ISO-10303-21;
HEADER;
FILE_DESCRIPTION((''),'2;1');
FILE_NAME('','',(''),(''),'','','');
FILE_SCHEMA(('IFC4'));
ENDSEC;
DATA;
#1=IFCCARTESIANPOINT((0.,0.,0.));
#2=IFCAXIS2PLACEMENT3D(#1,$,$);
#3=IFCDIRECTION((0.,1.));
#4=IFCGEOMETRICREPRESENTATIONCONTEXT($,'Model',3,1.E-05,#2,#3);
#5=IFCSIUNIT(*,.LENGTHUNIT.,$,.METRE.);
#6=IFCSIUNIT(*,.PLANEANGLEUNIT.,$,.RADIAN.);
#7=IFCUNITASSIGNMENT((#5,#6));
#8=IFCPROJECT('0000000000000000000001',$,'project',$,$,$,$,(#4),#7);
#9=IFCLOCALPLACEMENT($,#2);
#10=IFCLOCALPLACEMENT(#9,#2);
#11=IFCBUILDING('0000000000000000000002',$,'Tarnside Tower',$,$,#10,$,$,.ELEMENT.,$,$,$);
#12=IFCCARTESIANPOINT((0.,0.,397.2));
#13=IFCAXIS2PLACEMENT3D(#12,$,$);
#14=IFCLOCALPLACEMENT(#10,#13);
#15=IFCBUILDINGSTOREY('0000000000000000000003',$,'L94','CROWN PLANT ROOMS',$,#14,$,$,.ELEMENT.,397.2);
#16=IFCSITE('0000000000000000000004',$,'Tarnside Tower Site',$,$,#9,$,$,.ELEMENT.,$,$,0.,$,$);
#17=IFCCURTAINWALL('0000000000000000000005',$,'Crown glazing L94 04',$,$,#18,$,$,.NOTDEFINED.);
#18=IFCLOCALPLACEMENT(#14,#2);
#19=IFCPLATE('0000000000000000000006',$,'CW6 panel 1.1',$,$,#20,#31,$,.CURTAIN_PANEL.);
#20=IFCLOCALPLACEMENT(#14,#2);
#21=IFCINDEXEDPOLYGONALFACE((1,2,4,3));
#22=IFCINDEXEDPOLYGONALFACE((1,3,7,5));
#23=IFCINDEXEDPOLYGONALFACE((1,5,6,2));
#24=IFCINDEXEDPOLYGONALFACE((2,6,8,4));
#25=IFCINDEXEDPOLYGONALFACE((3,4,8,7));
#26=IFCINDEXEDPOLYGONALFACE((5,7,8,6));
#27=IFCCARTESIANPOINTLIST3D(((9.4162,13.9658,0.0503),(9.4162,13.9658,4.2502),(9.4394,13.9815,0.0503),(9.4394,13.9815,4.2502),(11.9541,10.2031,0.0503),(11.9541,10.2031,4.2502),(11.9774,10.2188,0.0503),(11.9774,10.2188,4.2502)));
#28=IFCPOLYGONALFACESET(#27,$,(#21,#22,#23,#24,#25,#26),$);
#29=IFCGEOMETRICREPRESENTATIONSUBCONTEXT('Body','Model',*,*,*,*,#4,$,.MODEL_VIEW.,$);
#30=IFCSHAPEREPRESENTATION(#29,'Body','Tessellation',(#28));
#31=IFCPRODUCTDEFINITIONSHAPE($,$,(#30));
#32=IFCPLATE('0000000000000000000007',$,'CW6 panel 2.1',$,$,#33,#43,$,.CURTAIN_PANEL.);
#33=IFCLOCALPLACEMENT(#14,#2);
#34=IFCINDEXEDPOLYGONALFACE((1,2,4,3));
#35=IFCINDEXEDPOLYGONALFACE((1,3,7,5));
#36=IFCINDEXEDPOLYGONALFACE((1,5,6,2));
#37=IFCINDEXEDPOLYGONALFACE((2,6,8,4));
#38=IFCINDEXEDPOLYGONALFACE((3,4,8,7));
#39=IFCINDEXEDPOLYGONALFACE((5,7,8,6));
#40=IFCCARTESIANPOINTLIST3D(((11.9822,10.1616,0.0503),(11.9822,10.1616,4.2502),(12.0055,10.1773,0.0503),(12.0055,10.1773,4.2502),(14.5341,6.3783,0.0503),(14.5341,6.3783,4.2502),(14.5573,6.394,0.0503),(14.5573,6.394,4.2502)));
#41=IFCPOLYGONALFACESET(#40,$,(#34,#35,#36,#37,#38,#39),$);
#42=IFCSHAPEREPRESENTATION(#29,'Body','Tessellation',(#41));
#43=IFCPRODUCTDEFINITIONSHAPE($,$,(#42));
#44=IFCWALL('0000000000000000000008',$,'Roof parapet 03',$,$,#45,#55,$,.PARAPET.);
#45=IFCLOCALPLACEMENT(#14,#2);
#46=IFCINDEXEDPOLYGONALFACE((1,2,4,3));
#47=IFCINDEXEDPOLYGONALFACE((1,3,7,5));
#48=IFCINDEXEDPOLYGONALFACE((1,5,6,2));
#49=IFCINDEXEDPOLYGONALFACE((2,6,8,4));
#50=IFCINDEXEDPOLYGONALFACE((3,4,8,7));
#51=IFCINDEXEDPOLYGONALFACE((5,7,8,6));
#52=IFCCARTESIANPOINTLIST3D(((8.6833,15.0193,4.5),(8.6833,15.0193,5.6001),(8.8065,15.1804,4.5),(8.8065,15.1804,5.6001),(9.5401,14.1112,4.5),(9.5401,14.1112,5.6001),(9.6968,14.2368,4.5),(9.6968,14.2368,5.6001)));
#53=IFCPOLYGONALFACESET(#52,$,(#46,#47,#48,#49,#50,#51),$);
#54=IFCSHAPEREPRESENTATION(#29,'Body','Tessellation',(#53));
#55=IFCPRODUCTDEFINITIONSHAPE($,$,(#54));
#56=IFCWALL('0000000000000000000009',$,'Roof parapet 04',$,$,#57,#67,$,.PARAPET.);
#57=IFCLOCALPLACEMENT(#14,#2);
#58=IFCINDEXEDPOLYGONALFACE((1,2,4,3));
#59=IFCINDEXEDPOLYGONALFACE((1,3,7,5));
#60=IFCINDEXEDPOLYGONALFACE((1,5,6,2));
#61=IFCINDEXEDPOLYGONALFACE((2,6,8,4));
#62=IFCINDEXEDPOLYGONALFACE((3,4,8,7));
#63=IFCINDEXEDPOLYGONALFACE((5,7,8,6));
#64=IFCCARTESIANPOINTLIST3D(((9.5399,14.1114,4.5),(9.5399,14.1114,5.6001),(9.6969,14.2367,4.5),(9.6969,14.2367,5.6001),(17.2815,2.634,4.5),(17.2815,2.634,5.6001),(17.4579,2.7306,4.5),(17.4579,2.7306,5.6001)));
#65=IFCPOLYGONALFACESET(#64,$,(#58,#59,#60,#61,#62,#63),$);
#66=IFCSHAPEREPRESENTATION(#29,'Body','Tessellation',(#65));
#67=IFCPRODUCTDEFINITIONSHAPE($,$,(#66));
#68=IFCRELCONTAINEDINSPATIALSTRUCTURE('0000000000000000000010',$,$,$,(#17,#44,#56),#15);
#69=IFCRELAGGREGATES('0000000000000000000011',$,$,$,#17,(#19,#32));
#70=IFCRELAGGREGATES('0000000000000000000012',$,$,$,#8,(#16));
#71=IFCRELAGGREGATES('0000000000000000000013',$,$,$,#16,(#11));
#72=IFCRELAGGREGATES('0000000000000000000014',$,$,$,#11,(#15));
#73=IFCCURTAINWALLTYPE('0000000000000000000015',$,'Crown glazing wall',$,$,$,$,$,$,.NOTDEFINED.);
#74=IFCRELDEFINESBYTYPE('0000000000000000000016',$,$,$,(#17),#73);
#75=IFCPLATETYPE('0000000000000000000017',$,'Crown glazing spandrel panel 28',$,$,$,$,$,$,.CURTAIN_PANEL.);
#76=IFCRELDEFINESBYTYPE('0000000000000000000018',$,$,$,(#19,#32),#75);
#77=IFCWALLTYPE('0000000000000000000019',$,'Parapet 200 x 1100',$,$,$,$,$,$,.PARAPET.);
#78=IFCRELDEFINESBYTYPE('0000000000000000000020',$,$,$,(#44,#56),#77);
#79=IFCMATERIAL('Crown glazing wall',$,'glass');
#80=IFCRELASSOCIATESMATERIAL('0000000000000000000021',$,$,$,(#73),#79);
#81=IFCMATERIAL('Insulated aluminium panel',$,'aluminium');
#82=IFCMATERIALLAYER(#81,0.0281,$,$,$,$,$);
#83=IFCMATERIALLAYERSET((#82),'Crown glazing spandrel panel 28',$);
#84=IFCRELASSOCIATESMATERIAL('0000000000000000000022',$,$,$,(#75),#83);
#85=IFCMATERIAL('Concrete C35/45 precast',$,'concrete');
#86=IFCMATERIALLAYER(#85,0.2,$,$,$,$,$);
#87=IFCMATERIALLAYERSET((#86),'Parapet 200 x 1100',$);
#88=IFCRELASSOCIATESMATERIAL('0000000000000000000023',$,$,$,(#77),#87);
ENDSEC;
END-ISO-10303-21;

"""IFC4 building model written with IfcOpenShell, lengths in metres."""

from ifc_helpers import new_model, si_unit, direction, frame, origin, origin_2d, place, context, subcontext, project, spatial, polyline, rectangle, outline, extrude, material, layer, layer_set, type_object, element, aggregate, save


model = new_model("IFC4")

# Units and contexts
model_context = context("Model", 3, precision=1e-05, world=origin(), true_north=direction((0.0, 1.0)))
body_context = subcontext(model_context, "Body", "Model", "MODEL_VIEW")
ifc_project = project(units=[si_unit("LENGTHUNIT", "METRE"), si_unit("PLANEANGLEUNIT", "RADIAN")], contexts=[model_context])

# Site, building, storey
site_placement = place(None, origin())
site = spatial("IfcSite", under=ifc_project, at=site_placement, Name="Tarnside Tower Site", CompositionType="ELEMENT", RefElevation=0.0)
building_placement = place(site_placement, origin())
building = spatial("IfcBuilding", under=site, at=building_placement, Name="Tarnside Tower", CompositionType="ELEMENT")
storey_placement = place(building_placement, frame((0.0, 0.0, 397.2)))
storey = spatial("IfcBuildingStorey", under=building, at=storey_placement, Name="L94", Description="CROWN PLANT ROOMS", CompositionType="ELEMENT", Elevation=397.2)

# Curtain wall
ifc_material_1 = material(Name="Crown glazing wall", Category="glass")
curtain_wall_type = type_object("IfcCurtainWallType", Name="Crown glazing wall", PredefinedType="NOTDEFINED", material=ifc_material_1)
curtain_wall_1_placement = place(storey_placement, origin())
curtain_wall_1 = element("IfcCurtainWall", 1, at=curtain_wall_1_placement, inside=storey, type_object=curtain_wall_type, Name="Crown glazing L94 04", PredefinedType="NOTDEFINED")

# Plates
ifc_material_2 = material(Name="Insulated aluminium panel", Category="aluminium")
ifc_layer_1 = layer(ifc_material_2, 0.0281)
ifc_layer_set_1 = layer_set([ifc_layer_1], Name="Crown glazing spandrel panel 28")
plate_type_1 = type_object("IfcPlateType", Name="Crown glazing spandrel panel 28", PredefinedType="CURTAIN_PANEL", material=ifc_layer_set_1)
plate_1_placement = place(storey_placement, frame((10.6968, 12.0923, 0.0503), z_axis=(0.0, 0.0, 1.0), x_axis=(0.559193, -0.829038, 0.0)))
plate_1 = element("IfcPlate", 2, at=plate_1_placement, type_object=plate_type_1, Name="CW6 panel 1.1", PredefinedType="CURTAIN_PANEL", context=body_context, shape_type="SweptSolid", body=[
    extrude(rectangle(XDim=4.5386, YDim=0.0281, at=origin_2d()), origin(), (0.0, 0.0, 1.0), 4.2),
])
plate_2_placement = place(storey_placement, frame((13.2698, 8.2778, 0.0503), z_axis=(0.0, 0.0, 1.0), x_axis=(0.559193, -0.829038, 0.0)))
plate_2 = element("IfcPlate", 3, at=plate_2_placement, type_object=plate_type_1, Name="CW6 panel 2.1", PredefinedType="CURTAIN_PANEL", context=body_context, shape_type="SweptSolid", body=[
    extrude(rectangle(XDim=4.5635, YDim=0.0281, at=origin_2d()), origin(), (0.0, 0.0, 1.0), 4.2),
])
aggregate(curtain_wall_1, [plate_1, plate_2])

# Walls
ifc_material_3 = material(Name="Concrete C35/45 precast", Category="concrete")
ifc_layer_2 = layer(ifc_material_3, 0.2)
ifc_layer_set_2 = layer_set([ifc_layer_2], Name="Parapet 200 x 1100")
wall_type = type_object("IfcWallType", Name="Parapet 200 x 1100", PredefinedType="PARAPET", material=ifc_layer_set_2)
wall_1_placement = place(storey_placement, frame((8.7449, 15.0999, 4.5), z_axis=(0.0, 0.0, 1.0), x_axis=(0.686286, -0.727332, 0.0)))
element("IfcWall", 4, at=wall_1_placement, inside=storey, type_object=wall_type, Name="Roof parapet 03", PredefinedType="PARAPET", context=body_context, shape_type="SweptSolid", body=[
    extrude(outline(polyline([(0.0164, -0.1001), (1.2649, -0.1001), (1.281, 0.1001), (-0.0164, 0.1001), (0.0164, -0.1001)])), origin(), (0.0, 0.0, 1.0), 1.1001),
])
wall_2_placement = place(storey_placement, frame((9.6184, 14.1741, 4.5), z_axis=(0.0, 0.0, 1.0), x_axis=(0.559192, -0.829039, 0.0)))
element("IfcWall", 5, at=wall_2_placement, inside=storey, type_object=wall_type, Name="Roof parapet 04", PredefinedType="PARAPET", context=body_context, shape_type="SweptSolid", body=[
    extrude(outline(polyline([(0.0081, -0.1001), (13.8523, -0.1001), (13.8708, 0.1001), (-0.0081, 0.1001), (0.0081, -0.1001)])), origin(), (0.0, 0.0, 1.0), 1.1001),
])

save(model, "model.ifc")
